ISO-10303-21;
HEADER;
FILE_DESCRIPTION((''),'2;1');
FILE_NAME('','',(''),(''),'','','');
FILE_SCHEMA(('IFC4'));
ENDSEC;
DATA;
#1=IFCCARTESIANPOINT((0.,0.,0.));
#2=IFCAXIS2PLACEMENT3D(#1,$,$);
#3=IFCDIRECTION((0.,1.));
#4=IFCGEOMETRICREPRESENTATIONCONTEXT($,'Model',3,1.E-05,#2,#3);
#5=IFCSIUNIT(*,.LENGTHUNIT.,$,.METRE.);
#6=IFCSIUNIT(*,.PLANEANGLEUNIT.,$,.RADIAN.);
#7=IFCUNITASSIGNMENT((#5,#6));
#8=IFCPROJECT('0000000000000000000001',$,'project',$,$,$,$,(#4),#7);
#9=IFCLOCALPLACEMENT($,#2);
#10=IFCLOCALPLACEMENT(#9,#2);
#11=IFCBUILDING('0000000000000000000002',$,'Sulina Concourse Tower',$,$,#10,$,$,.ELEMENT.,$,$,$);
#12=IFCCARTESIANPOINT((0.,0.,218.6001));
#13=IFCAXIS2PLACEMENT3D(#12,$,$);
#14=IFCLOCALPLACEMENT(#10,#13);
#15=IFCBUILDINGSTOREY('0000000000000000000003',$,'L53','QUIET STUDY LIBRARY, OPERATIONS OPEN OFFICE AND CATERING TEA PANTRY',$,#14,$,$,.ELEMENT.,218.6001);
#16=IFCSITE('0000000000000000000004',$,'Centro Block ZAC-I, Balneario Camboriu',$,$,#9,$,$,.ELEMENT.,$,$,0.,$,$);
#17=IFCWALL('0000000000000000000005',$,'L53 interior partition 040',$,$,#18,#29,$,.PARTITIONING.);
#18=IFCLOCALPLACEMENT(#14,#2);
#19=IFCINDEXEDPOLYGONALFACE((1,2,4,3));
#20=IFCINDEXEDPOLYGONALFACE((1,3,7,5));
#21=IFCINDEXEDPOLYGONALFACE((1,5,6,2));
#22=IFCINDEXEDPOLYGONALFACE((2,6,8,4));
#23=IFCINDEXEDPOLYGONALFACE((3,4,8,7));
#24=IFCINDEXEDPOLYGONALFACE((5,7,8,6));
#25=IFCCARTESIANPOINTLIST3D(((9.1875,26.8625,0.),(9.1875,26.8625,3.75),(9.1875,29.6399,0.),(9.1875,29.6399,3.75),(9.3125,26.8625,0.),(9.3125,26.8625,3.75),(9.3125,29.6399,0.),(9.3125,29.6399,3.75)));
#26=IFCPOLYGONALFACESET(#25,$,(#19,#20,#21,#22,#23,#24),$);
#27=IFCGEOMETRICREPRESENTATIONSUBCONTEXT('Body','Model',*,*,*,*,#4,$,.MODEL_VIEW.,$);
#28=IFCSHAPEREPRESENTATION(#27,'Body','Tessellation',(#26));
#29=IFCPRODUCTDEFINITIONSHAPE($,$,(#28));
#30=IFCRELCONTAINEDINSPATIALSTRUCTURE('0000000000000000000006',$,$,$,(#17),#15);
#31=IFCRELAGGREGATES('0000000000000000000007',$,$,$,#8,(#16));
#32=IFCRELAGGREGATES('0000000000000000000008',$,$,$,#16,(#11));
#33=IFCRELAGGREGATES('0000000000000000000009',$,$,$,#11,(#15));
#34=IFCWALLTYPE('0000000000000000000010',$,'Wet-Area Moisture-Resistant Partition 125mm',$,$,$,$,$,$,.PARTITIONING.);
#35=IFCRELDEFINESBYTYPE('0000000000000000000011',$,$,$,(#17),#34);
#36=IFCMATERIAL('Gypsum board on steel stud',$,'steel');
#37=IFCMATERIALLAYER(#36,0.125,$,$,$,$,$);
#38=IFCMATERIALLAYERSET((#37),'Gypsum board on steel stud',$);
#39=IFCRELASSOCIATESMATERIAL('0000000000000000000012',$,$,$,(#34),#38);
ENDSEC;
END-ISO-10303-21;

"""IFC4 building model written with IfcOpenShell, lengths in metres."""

from ifc_helpers import new_model, si_unit, direction, frame, frame_2d, origin, place, context, subcontext, project, spatial, rectangle, extrude, material, layer, layer_set, type_object, element, save


model = new_model("IFC4")

# Units and contexts
model_context = context("Model", 3, precision=1e-05, world=origin(), true_north=direction((0.0, 1.0)))
body_context = subcontext(model_context, "Body", "Model", "MODEL_VIEW")
ifc_project = project(units=[si_unit("LENGTHUNIT", "METRE"), si_unit("PLANEANGLEUNIT", "RADIAN")], contexts=[model_context])

# Site, building, storey
site_placement = place(None, origin())
site = spatial("IfcSite", under=ifc_project, at=site_placement, Name="Centro Block ZAC-I, Balneario Camboriu", CompositionType="ELEMENT", RefElevation=0.0)
building_placement = place(site_placement, origin())
building = spatial("IfcBuilding", under=site, at=building_placement, Name="Sulina Concourse Tower", CompositionType="ELEMENT")
storey_placement = place(building_placement, frame((0.0, 0.0, 218.6001)))
storey = spatial("IfcBuildingStorey", under=building, at=storey_placement, Name="L53", Description="QUIET STUDY LIBRARY, OPERATIONS OPEN OFFICE AND CATERING TEA PANTRY", CompositionType="ELEMENT", Elevation=218.6001)

# Shared definitions
ifc_material_1 = material(Name="Gypsum board on steel stud", Category="steel")
ifc_layer_1 = layer(ifc_material_1, 0.125)
ifc_layer_set_1 = layer_set([ifc_layer_1], Name="Gypsum board on steel stud")
wall_type_1 = type_object("IfcWallType", Name="Wet-Area Moisture-Resistant Partition 125mm", PredefinedType="PARTITIONING", material=ifc_layer_set_1)

# Wall
wall_1_placement = place(storey_placement, frame((9.25, 26.8625, 0.0), z_axis=(0.0, 0.0, 1.0), x_axis=(0.0, 1.0, 0.0)))
element("IfcWall", 1, at=wall_1_placement, inside=storey, type_object=wall_type_1, Name="L53 interior partition 040", PredefinedType="PARTITIONING", context=body_context, shape_type="SweptSolid", body=[
    extrude(rectangle(XDim=2.7773, YDim=0.125, at=frame_2d((1.3887, 0.0))), origin(), (0.0, 0.0, 1.0), 3.75),
])

save(model, "model.ifc")
